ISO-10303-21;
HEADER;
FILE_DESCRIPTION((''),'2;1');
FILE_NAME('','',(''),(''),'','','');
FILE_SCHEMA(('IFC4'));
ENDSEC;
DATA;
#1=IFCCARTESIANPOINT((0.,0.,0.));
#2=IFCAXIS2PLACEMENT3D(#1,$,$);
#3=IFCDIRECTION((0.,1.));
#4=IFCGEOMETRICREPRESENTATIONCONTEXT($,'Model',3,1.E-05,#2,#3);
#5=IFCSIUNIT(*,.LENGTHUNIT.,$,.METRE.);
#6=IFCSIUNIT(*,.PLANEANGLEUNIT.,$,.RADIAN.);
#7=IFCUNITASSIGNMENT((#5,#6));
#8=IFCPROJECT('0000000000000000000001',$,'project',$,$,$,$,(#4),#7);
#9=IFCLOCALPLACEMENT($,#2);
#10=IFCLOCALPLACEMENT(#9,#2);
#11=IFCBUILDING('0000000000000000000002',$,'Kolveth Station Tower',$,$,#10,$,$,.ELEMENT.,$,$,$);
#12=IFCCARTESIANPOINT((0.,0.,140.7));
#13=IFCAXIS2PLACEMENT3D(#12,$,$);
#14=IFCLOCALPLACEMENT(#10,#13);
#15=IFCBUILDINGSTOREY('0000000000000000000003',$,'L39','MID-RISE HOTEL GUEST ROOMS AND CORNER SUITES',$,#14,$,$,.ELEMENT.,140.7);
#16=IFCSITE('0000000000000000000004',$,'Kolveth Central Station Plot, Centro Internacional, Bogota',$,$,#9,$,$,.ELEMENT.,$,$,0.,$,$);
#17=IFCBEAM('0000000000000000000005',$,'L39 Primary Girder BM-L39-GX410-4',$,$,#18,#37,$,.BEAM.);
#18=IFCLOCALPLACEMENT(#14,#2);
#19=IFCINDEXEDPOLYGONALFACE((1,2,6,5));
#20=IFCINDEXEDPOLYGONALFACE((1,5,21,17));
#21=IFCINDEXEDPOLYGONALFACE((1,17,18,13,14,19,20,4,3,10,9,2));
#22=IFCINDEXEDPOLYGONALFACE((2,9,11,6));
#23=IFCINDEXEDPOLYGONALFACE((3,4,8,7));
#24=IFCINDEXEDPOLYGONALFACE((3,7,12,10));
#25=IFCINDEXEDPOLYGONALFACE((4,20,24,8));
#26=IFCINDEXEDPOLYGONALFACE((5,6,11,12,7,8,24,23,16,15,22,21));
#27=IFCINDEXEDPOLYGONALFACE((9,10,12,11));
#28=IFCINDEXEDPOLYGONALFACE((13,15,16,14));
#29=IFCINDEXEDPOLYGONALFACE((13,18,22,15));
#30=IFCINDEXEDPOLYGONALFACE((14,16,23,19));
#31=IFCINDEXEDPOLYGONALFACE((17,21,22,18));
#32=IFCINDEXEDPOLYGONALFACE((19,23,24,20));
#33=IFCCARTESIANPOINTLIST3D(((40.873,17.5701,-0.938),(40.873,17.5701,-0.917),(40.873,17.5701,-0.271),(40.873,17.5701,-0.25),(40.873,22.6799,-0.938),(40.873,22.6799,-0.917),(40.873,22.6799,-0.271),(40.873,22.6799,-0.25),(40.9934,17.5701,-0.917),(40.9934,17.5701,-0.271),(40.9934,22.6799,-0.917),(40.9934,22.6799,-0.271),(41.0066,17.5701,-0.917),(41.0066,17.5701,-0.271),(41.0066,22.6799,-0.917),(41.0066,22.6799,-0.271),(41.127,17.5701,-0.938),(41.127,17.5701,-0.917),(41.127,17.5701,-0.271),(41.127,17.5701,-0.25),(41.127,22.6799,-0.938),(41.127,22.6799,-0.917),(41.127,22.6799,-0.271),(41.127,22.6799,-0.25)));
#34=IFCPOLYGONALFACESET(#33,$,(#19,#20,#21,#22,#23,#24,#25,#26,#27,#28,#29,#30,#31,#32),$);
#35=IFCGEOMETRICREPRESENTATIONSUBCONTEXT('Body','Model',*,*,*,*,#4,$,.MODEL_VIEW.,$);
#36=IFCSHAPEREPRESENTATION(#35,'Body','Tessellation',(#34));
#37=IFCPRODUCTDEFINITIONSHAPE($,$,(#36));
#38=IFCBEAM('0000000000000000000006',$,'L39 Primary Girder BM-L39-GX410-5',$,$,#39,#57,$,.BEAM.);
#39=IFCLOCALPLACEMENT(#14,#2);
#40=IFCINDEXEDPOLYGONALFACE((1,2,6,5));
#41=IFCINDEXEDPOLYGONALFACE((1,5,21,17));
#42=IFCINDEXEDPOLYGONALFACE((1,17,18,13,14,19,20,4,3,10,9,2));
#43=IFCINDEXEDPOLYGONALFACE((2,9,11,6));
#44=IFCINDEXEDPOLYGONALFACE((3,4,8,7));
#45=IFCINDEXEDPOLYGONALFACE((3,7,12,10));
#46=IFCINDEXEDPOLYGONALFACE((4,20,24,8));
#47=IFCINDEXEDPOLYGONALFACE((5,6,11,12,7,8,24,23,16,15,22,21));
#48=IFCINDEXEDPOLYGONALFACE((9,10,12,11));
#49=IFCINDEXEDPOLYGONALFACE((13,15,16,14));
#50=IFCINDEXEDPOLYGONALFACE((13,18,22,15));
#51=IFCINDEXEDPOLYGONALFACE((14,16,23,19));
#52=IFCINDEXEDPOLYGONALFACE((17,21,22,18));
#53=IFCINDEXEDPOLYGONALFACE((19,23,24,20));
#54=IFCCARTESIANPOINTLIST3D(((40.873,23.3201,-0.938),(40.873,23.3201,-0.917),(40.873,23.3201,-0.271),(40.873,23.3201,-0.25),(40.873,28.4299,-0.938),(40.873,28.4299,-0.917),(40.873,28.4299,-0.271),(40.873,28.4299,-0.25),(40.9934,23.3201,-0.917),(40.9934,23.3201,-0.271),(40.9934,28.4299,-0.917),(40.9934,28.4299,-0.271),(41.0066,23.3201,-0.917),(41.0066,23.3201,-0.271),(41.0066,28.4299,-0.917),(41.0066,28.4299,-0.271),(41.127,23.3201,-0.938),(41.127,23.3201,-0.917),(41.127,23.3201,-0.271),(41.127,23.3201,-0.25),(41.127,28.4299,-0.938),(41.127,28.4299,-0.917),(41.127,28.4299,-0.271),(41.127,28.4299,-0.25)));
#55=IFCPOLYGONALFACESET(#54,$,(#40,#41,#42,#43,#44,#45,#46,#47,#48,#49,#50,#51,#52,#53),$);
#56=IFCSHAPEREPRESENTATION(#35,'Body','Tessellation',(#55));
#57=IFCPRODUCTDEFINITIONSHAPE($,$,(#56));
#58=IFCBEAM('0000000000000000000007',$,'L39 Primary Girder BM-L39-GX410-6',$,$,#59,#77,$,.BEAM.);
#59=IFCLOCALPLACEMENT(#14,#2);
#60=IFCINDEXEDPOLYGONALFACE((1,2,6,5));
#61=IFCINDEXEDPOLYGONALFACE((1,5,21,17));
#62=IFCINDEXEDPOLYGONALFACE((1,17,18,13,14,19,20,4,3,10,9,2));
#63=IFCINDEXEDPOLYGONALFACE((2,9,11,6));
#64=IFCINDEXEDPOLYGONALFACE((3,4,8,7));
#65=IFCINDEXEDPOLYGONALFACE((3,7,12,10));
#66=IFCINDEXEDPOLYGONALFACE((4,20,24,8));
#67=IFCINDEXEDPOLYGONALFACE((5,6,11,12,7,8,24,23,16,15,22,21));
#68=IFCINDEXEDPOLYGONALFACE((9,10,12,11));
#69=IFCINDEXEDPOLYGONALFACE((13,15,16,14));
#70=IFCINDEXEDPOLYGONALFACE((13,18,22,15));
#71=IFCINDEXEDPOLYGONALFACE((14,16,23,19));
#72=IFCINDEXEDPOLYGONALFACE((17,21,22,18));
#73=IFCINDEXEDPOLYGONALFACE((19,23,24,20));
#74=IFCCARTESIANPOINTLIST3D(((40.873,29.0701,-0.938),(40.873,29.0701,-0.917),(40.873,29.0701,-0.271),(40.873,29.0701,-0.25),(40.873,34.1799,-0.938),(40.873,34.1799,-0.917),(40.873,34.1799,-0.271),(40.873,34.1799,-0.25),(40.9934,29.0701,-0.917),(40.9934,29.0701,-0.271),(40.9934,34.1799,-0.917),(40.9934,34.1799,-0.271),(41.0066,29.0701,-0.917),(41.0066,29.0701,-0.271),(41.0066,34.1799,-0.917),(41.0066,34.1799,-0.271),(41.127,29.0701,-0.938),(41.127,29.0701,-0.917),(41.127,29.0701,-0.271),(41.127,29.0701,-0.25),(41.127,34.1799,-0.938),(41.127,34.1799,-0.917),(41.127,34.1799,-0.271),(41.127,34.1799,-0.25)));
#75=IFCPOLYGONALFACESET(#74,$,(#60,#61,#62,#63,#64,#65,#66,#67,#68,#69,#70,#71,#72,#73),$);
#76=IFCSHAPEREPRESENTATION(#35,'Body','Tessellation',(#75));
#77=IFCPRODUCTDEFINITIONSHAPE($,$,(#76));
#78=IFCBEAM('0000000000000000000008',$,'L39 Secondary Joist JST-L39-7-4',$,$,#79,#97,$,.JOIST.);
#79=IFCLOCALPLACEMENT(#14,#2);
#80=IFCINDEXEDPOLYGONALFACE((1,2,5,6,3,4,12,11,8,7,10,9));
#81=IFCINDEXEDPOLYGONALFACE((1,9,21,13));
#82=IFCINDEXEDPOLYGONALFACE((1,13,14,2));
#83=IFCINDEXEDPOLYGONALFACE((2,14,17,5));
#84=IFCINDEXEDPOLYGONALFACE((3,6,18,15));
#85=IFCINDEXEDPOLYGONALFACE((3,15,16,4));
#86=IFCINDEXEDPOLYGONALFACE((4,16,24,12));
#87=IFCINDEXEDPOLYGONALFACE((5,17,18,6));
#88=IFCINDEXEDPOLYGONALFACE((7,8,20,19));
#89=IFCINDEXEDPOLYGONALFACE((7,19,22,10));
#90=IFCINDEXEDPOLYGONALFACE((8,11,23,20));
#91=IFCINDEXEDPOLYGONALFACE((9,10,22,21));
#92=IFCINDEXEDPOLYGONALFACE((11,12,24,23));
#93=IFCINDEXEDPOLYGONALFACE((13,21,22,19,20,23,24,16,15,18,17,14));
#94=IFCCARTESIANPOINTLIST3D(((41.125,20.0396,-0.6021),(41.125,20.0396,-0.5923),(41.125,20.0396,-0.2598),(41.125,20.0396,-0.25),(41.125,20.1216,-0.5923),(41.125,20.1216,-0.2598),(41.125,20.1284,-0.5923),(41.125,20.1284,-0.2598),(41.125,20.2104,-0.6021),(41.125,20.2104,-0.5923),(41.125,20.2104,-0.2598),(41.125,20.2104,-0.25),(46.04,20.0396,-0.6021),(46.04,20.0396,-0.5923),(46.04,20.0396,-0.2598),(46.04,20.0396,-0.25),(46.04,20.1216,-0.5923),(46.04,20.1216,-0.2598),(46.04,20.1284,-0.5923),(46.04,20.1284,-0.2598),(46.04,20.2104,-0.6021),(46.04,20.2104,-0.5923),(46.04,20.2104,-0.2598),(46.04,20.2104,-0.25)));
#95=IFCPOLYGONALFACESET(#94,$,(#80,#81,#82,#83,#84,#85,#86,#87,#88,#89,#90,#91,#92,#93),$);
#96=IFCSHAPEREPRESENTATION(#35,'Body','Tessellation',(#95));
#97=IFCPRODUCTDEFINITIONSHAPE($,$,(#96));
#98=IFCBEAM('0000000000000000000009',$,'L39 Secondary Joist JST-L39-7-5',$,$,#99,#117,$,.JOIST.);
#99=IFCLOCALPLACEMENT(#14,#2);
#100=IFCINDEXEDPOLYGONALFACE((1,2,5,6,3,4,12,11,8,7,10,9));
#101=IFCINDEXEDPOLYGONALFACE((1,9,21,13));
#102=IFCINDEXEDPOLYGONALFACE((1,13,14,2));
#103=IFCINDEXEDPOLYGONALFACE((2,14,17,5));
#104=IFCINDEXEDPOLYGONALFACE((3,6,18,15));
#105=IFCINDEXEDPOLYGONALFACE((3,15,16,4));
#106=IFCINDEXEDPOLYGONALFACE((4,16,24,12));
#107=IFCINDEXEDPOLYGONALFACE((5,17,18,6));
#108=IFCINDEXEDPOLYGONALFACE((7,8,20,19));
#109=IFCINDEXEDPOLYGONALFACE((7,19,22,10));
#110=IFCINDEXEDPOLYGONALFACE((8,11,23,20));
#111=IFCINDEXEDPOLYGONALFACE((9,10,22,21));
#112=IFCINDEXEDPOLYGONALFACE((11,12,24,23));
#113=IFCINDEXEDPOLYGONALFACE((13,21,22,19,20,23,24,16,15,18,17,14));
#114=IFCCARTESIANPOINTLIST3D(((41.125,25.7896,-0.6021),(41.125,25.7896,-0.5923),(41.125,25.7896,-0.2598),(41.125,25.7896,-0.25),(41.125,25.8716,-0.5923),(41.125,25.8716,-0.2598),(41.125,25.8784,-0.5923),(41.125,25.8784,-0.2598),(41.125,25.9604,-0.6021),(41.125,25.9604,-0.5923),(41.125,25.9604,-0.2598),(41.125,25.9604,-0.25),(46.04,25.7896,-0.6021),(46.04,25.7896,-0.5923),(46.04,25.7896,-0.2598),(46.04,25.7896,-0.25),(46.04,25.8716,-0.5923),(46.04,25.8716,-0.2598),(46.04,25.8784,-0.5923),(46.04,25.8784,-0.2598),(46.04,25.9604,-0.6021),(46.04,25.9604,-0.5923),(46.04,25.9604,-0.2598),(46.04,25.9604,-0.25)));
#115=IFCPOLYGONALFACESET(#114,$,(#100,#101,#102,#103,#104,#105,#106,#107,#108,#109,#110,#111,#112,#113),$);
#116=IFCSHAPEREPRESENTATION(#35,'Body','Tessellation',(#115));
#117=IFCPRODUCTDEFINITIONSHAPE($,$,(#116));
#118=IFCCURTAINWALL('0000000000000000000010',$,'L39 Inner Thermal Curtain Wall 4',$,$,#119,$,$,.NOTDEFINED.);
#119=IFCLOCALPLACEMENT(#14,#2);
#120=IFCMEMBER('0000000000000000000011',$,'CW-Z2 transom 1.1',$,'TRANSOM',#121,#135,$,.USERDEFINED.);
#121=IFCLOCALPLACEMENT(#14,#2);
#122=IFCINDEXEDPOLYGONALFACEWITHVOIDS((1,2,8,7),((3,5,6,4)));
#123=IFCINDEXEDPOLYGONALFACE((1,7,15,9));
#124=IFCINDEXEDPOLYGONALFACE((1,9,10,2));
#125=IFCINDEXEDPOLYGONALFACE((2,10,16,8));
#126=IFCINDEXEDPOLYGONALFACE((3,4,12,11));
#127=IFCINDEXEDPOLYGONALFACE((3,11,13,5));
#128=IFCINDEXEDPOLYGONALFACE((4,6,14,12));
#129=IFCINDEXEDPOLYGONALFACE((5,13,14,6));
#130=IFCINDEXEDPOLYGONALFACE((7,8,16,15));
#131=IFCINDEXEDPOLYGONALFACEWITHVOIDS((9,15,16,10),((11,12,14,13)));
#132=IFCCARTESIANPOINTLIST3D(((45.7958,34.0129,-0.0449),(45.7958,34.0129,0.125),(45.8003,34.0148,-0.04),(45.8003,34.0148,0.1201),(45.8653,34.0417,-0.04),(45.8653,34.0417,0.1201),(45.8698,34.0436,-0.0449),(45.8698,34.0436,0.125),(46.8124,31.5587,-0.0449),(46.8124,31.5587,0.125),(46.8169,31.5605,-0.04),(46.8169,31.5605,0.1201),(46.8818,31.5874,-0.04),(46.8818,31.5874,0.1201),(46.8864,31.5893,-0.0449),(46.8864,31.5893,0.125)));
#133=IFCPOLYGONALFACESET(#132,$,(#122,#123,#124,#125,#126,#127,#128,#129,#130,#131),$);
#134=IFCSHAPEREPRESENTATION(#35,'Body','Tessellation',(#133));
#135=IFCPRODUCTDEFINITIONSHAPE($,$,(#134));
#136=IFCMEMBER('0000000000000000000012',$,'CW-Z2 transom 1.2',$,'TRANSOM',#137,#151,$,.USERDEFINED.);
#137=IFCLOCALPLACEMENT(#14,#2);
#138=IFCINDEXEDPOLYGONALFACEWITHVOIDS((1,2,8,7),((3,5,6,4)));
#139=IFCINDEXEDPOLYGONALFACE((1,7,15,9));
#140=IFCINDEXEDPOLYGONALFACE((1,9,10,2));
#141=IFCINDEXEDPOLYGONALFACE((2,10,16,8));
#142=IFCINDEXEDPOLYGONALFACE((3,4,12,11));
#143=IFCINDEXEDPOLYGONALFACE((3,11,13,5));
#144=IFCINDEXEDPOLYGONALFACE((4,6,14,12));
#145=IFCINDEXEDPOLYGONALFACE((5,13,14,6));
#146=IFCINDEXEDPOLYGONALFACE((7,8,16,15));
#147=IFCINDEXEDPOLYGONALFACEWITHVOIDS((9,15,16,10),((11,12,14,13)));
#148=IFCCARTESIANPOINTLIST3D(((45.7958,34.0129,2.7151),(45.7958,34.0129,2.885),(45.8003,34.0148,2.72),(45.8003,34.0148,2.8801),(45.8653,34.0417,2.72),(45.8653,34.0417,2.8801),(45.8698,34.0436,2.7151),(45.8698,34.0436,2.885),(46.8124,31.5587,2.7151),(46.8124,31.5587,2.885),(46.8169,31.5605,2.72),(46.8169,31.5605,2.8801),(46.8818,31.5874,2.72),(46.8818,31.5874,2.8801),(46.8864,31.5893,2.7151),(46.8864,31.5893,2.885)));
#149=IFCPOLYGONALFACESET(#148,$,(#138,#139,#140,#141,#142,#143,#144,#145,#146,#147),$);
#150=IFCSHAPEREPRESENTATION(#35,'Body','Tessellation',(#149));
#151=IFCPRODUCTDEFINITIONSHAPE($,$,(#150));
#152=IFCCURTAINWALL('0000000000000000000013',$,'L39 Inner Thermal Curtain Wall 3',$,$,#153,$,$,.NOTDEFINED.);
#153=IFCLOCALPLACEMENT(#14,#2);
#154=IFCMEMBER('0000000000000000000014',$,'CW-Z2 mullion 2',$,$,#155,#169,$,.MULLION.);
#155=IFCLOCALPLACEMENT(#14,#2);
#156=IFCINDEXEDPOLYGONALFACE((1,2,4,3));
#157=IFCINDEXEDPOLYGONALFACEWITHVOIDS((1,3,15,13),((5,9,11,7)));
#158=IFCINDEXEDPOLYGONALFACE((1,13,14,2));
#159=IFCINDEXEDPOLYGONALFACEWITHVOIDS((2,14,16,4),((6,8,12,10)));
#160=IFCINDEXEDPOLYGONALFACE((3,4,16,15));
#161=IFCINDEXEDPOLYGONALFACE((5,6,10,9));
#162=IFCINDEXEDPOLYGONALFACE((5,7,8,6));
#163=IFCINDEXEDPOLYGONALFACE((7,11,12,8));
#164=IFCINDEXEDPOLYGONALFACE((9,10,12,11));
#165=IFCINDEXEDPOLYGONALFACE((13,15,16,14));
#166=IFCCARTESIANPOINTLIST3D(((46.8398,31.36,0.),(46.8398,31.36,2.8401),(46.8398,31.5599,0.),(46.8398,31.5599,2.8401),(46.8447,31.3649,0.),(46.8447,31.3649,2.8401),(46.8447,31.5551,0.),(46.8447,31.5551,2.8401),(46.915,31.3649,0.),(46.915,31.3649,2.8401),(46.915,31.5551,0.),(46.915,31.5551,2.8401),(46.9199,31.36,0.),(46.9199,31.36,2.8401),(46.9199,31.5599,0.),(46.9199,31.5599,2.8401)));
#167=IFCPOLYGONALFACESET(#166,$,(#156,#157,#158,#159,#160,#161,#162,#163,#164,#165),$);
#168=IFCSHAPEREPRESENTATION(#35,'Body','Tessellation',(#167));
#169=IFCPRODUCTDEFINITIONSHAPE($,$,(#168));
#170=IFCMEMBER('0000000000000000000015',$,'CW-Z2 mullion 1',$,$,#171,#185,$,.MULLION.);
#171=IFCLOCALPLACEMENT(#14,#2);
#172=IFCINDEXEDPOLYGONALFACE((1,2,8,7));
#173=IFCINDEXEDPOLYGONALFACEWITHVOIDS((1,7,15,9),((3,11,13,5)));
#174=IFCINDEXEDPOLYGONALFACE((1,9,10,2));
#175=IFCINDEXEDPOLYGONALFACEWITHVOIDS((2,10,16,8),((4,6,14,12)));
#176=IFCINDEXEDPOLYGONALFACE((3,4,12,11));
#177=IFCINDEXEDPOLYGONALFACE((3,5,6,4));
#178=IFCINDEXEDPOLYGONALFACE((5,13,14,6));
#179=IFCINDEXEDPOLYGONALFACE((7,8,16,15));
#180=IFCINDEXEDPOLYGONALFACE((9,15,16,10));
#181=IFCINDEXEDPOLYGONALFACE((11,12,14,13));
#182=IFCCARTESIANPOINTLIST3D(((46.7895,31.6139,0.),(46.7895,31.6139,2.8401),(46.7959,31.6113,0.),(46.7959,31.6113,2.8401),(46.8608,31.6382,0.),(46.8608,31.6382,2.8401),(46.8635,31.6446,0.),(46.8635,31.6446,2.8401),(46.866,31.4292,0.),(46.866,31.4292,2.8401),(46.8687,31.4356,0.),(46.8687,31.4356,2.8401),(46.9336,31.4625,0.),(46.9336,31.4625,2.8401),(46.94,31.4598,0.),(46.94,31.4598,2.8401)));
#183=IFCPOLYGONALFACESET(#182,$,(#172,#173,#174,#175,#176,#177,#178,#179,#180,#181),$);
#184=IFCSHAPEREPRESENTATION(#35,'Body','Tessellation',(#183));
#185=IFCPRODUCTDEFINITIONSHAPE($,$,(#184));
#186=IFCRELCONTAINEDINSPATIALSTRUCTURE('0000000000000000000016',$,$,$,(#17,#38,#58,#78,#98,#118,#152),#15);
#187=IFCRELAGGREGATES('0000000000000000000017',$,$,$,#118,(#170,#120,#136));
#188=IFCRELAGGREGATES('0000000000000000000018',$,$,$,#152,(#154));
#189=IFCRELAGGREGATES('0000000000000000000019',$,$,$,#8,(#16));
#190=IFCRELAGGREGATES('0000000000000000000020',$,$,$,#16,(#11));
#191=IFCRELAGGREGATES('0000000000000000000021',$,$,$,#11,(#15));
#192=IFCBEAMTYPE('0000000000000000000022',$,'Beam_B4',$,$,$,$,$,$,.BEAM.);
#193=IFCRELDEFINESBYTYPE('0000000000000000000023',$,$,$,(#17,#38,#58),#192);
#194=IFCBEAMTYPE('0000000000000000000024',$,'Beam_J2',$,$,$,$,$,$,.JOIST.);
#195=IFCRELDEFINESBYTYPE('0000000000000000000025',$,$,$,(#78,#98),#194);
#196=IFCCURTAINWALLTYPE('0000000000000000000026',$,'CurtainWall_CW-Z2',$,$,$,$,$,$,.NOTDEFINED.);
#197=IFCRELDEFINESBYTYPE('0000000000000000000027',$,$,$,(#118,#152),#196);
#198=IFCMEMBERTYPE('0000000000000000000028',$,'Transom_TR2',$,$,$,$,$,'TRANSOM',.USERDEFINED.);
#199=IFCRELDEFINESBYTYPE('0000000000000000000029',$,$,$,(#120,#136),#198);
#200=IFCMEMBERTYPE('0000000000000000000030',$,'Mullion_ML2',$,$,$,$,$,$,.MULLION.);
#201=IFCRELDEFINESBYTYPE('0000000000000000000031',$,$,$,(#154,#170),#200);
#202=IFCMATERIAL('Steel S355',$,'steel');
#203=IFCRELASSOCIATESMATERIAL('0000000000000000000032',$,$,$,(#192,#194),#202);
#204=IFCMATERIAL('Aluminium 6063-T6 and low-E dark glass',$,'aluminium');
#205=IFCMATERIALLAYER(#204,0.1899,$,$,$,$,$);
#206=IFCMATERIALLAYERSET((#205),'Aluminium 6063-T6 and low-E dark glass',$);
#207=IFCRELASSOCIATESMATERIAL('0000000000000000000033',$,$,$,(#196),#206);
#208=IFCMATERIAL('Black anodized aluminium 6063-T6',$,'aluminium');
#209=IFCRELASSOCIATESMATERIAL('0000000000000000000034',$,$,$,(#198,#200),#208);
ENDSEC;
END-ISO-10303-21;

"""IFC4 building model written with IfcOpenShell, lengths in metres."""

from ifc_helpers import new_model, si_unit, direction, frame, origin, origin_2d, place, context, subcontext, project, spatial, hollow_rectangle, i_section, extrude, source, transform, mapped, material, layer, layer_set, material_profile, profile_set, type_object, element, aggregate, save


model = new_model("IFC4")

# Units and contexts
model_context = context("Model", 3, precision=1e-05, world=origin(), true_north=direction((0.0, 1.0)))
body_context = subcontext(model_context, "Body", "Model", "MODEL_VIEW")
ifc_project = project(units=[si_unit("LENGTHUNIT", "METRE"), si_unit("PLANEANGLEUNIT", "RADIAN")], contexts=[model_context])

# Site, building, storey
site_placement = place(None, origin())
site = spatial("IfcSite", under=ifc_project, at=site_placement, Name="Kolveth Central Station Plot, Centro Internacional, Bogota", CompositionType="ELEMENT", RefElevation=0.0)
building_placement = place(site_placement, origin())
building = spatial("IfcBuilding", under=site, at=building_placement, Name="Kolveth Station Tower", CompositionType="ELEMENT")
storey_placement = place(building_placement, frame((0.0, 0.0, 140.7)))
storey = spatial("IfcBuildingStorey", under=building, at=storey_placement, Name="L39", Description="MID-RISE HOTEL GUEST ROOMS AND CORNER SUITES", CompositionType="ELEMENT", Elevation=140.7)

# Beams
ifc_material_1 = material(Name="Steel S355", Category="steel")
ifc_material_profile_1 = material_profile(ifc_material_1, i_section(OverallWidth=0.2539, OverallDepth=0.688, WebThickness=0.0132, FlangeThickness=0.021, at=origin_2d()), Name="W690x152")
ifc_profile_set_1 = profile_set([ifc_material_profile_1], Name="Steel S355")
beam_type_1 = type_object("IfcBeamType", Name="Beam_B4", PredefinedType="BEAM", material=ifc_profile_set_1)
shared_shape_1 = source(origin(), body_context, "Body", "SweptSolid", [
    extrude(i_section(OverallWidth=0.2539, OverallDepth=0.688, WebThickness=0.0132, FlangeThickness=0.021, at=origin_2d()), origin(), (0.0, 0.0, 1.0), 5.1099),
])
for number, where, z_axis, x_axis, name in (
    (1, (41.0, 17.5701, -0.594), (0.0, 1.0, 0.0), (-1.0, 0.0, 0.0), "L39 Primary Girder BM-L39-GX410-4"),
    (2, (41.0, 23.3201, -0.594), (0.0, 1.0, 0.0), (-1.0, 0.0, 0.0), "L39 Primary Girder BM-L39-GX410-5"),
    (3, (41.0, 29.0701, -0.594), (0.0, 1.0, 0.0), (-1.0, 0.0, 0.0), "L39 Primary Girder BM-L39-GX410-6"),
):
    element("IfcBeam", number, at=place(storey_placement, frame(where, z_axis=z_axis, x_axis=x_axis)), inside=storey, type_object=beam_type_1, Name=name, PredefinedType="BEAM", context=body_context, shape_type="MappedRepresentation", body=[
        mapped(shared_shape_1, transform((0.0, 0.0, 0.0), x_axis=(1.0, 0.0, 0.0), y_axis=(0.0, 1.0, 0.0), z_axis=(0.0, 0.0, 1.0), scale=1.0)),
    ])
ifc_material_profile_2 = material_profile(ifc_material_1, i_section(OverallWidth=0.1709, OverallDepth=0.3521, WebThickness=0.0068, FlangeThickness=0.0098, at=origin_2d()), Name="W360x44")
ifc_profile_set_2 = profile_set([ifc_material_profile_2], Name="Steel S355")
beam_type_2 = type_object("IfcBeamType", Name="Beam_J2", PredefinedType="JOIST", material=ifc_profile_set_2)
shared_shape_2 = source(origin(), body_context, "Body", "SweptSolid", [
    extrude(i_section(OverallWidth=0.1709, OverallDepth=0.3521, WebThickness=0.0068, FlangeThickness=0.0098, at=origin_2d()), origin(), (0.0, 0.0, 1.0), 4.915),
])
for number, where, z_axis, x_axis, name in (
    (4, (41.125, 20.125, -0.426), (1.0, 0.0, 0.0), (0.0, 1.0, 0.0), "L39 Secondary Joist JST-L39-7-4"),
    (5, (41.125, 25.875, -0.426), (1.0, 0.0, 0.0), (0.0, 1.0, 0.0), "L39 Secondary Joist JST-L39-7-5"),
):
    element("IfcBeam", number, at=place(storey_placement, frame(where, z_axis=z_axis, x_axis=x_axis)), inside=storey, type_object=beam_type_2, Name=name, PredefinedType="JOIST", context=body_context, shape_type="MappedRepresentation", body=[
        mapped(shared_shape_2, transform((0.0, 0.0, 0.0), x_axis=(1.0, 0.0, 0.0), y_axis=(0.0, 1.0, 0.0), z_axis=(0.0, 0.0, 1.0), scale=1.0)),
    ])

# Curtain wall, members
ifc_material_2 = material(Name="Aluminium 6063-T6 and low-E dark glass", Category="aluminium")
ifc_layer_1 = layer(ifc_material_2, 0.1899)
ifc_layer_set_1 = layer_set([ifc_layer_1], Name="Aluminium 6063-T6 and low-E dark glass")
curtain_wall_type = type_object("IfcCurtainWallType", Name="CurtainWall_CW-Z2", PredefinedType="NOTDEFINED", material=ifc_layer_set_1)
curtain_wall_1_placement = place(storey_placement, origin())
curtain_wall_1 = element("IfcCurtainWall", 6, at=curtain_wall_1_placement, inside=storey, type_object=curtain_wall_type, Name="L39 Inner Thermal Curtain Wall 4", PredefinedType="NOTDEFINED")
ifc_material_3 = material(Name="Black anodized aluminium 6063-T6", Category="aluminium")
ifc_material_profile_3 = material_profile(ifc_material_3, hollow_rectangle(XDim=0.0801, YDim=0.1699, WallThickness=0.0049, at=origin_2d()), Name="ALU-80x170x5")
ifc_profile_set_3 = profile_set([ifc_material_profile_3], Name="Black anodized aluminium 6063-T6")
member_type_1 = type_object("IfcMemberType", Name="Transom_TR2", ElementType="TRANSOM", PredefinedType="USERDEFINED", material=ifc_profile_set_3)
shared_shape_3 = source(origin(), body_context, "Body", "SweptSolid", [
    extrude(hollow_rectangle(XDim=0.0801, YDim=0.1699, WallThickness=0.0049, at=origin_2d()), origin(), (0.0, 0.0, 1.0), 2.6565),
])
member_1_placement = place(storey_placement, frame((46.8494, 31.574, 0.04), z_axis=(-0.382676, 0.923882, 0.0), x_axis=(-0.923882, -0.382676, 0.0)))
member_1 = element("IfcMember", 7, at=member_1_placement, type_object=member_type_1, Name="CW-Z2 transom 1.1", ObjectType="TRANSOM", PredefinedType="USERDEFINED", context=body_context, shape_type="MappedRepresentation", body=[
    mapped(shared_shape_3, transform((0.0, 0.0, 0.0), x_axis=(1.0, 0.0, 0.0), y_axis=(0.0, 1.0, 0.0), z_axis=(0.0, 0.0, 1.0), scale=1.0)),
])
member_2_placement = place(storey_placement, frame((46.8494, 31.574, 2.8), z_axis=(-0.382676, 0.923882, 0.0), x_axis=(-0.923882, -0.382676, 0.0)))
member_2 = element("IfcMember", 8, at=member_2_placement, type_object=member_type_1, Name="CW-Z2 transom 1.2", ObjectType="TRANSOM", PredefinedType="USERDEFINED", context=body_context, shape_type="MappedRepresentation", body=[
    mapped(shared_shape_3, transform((0.0, 0.0, 0.0), x_axis=(1.0, 0.0, 0.0), y_axis=(0.0, 1.0, 0.0), z_axis=(0.0, 0.0, 1.0), scale=1.0)),
])

# Curtain wall, member
curtain_wall_2_placement = place(storey_placement, origin())
curtain_wall_2 = element("IfcCurtainWall", 9, at=curtain_wall_2_placement, inside=storey, type_object=curtain_wall_type, Name="L39 Inner Thermal Curtain Wall 3", PredefinedType="NOTDEFINED")
ifc_material_profile_4 = material_profile(ifc_material_3, hollow_rectangle(XDim=0.0801, YDim=0.2, WallThickness=0.0049, at=origin_2d()), Name="ALU-80x200x5")
ifc_profile_set_4 = profile_set([ifc_material_profile_4], Name="Black anodized aluminium 6063-T6")
member_type_2 = type_object("IfcMemberType", Name="Mullion_ML2", PredefinedType="MULLION", material=ifc_profile_set_4)
shared_shape_4 = source(origin(), body_context, "Body", "SweptSolid", [
    extrude(hollow_rectangle(XDim=0.0801, YDim=0.2, WallThickness=0.0049, at=origin_2d()), origin(), (0.0, 0.0, 1.0), 2.8401),
])
member_3_placement = place(storey_placement, frame((46.8799, 31.46, 0.0), z_axis=(0.0, 0.0, 1.0), x_axis=(-1.0, 0.0, 0.0)))
member_3 = element("IfcMember", 10, at=member_3_placement, type_object=member_type_2, Name="CW-Z2 mullion 2", PredefinedType="MULLION", context=body_context, shape_type="MappedRepresentation", body=[
    mapped(shared_shape_4, transform((0.0, 0.0, 0.0), x_axis=(1.0, 0.0, 0.0), y_axis=(0.0, 1.0, 0.0), z_axis=(0.0, 0.0, 1.0), scale=1.0)),
])

# Member
member_4_placement = place(storey_placement, frame((46.8647, 31.5369, 0.0), z_axis=(0.0, 0.0, 1.0), x_axis=(-0.923888, -0.382663, 0.0)))
member_4 = element("IfcMember", 11, at=member_4_placement, type_object=member_type_2, Name="CW-Z2 mullion 1", PredefinedType="MULLION", context=body_context, shape_type="MappedRepresentation", body=[
    mapped(shared_shape_4, transform((0.0, 0.0, 0.0), x_axis=(1.0, 0.0, 0.0), y_axis=(0.0, 1.0, 0.0), z_axis=(0.0, 0.0, 1.0), scale=1.0)),
])
aggregate(curtain_wall_1, [member_4, member_1, member_2])

aggregate(curtain_wall_2, [member_3])

save(model, "model.ifc")
